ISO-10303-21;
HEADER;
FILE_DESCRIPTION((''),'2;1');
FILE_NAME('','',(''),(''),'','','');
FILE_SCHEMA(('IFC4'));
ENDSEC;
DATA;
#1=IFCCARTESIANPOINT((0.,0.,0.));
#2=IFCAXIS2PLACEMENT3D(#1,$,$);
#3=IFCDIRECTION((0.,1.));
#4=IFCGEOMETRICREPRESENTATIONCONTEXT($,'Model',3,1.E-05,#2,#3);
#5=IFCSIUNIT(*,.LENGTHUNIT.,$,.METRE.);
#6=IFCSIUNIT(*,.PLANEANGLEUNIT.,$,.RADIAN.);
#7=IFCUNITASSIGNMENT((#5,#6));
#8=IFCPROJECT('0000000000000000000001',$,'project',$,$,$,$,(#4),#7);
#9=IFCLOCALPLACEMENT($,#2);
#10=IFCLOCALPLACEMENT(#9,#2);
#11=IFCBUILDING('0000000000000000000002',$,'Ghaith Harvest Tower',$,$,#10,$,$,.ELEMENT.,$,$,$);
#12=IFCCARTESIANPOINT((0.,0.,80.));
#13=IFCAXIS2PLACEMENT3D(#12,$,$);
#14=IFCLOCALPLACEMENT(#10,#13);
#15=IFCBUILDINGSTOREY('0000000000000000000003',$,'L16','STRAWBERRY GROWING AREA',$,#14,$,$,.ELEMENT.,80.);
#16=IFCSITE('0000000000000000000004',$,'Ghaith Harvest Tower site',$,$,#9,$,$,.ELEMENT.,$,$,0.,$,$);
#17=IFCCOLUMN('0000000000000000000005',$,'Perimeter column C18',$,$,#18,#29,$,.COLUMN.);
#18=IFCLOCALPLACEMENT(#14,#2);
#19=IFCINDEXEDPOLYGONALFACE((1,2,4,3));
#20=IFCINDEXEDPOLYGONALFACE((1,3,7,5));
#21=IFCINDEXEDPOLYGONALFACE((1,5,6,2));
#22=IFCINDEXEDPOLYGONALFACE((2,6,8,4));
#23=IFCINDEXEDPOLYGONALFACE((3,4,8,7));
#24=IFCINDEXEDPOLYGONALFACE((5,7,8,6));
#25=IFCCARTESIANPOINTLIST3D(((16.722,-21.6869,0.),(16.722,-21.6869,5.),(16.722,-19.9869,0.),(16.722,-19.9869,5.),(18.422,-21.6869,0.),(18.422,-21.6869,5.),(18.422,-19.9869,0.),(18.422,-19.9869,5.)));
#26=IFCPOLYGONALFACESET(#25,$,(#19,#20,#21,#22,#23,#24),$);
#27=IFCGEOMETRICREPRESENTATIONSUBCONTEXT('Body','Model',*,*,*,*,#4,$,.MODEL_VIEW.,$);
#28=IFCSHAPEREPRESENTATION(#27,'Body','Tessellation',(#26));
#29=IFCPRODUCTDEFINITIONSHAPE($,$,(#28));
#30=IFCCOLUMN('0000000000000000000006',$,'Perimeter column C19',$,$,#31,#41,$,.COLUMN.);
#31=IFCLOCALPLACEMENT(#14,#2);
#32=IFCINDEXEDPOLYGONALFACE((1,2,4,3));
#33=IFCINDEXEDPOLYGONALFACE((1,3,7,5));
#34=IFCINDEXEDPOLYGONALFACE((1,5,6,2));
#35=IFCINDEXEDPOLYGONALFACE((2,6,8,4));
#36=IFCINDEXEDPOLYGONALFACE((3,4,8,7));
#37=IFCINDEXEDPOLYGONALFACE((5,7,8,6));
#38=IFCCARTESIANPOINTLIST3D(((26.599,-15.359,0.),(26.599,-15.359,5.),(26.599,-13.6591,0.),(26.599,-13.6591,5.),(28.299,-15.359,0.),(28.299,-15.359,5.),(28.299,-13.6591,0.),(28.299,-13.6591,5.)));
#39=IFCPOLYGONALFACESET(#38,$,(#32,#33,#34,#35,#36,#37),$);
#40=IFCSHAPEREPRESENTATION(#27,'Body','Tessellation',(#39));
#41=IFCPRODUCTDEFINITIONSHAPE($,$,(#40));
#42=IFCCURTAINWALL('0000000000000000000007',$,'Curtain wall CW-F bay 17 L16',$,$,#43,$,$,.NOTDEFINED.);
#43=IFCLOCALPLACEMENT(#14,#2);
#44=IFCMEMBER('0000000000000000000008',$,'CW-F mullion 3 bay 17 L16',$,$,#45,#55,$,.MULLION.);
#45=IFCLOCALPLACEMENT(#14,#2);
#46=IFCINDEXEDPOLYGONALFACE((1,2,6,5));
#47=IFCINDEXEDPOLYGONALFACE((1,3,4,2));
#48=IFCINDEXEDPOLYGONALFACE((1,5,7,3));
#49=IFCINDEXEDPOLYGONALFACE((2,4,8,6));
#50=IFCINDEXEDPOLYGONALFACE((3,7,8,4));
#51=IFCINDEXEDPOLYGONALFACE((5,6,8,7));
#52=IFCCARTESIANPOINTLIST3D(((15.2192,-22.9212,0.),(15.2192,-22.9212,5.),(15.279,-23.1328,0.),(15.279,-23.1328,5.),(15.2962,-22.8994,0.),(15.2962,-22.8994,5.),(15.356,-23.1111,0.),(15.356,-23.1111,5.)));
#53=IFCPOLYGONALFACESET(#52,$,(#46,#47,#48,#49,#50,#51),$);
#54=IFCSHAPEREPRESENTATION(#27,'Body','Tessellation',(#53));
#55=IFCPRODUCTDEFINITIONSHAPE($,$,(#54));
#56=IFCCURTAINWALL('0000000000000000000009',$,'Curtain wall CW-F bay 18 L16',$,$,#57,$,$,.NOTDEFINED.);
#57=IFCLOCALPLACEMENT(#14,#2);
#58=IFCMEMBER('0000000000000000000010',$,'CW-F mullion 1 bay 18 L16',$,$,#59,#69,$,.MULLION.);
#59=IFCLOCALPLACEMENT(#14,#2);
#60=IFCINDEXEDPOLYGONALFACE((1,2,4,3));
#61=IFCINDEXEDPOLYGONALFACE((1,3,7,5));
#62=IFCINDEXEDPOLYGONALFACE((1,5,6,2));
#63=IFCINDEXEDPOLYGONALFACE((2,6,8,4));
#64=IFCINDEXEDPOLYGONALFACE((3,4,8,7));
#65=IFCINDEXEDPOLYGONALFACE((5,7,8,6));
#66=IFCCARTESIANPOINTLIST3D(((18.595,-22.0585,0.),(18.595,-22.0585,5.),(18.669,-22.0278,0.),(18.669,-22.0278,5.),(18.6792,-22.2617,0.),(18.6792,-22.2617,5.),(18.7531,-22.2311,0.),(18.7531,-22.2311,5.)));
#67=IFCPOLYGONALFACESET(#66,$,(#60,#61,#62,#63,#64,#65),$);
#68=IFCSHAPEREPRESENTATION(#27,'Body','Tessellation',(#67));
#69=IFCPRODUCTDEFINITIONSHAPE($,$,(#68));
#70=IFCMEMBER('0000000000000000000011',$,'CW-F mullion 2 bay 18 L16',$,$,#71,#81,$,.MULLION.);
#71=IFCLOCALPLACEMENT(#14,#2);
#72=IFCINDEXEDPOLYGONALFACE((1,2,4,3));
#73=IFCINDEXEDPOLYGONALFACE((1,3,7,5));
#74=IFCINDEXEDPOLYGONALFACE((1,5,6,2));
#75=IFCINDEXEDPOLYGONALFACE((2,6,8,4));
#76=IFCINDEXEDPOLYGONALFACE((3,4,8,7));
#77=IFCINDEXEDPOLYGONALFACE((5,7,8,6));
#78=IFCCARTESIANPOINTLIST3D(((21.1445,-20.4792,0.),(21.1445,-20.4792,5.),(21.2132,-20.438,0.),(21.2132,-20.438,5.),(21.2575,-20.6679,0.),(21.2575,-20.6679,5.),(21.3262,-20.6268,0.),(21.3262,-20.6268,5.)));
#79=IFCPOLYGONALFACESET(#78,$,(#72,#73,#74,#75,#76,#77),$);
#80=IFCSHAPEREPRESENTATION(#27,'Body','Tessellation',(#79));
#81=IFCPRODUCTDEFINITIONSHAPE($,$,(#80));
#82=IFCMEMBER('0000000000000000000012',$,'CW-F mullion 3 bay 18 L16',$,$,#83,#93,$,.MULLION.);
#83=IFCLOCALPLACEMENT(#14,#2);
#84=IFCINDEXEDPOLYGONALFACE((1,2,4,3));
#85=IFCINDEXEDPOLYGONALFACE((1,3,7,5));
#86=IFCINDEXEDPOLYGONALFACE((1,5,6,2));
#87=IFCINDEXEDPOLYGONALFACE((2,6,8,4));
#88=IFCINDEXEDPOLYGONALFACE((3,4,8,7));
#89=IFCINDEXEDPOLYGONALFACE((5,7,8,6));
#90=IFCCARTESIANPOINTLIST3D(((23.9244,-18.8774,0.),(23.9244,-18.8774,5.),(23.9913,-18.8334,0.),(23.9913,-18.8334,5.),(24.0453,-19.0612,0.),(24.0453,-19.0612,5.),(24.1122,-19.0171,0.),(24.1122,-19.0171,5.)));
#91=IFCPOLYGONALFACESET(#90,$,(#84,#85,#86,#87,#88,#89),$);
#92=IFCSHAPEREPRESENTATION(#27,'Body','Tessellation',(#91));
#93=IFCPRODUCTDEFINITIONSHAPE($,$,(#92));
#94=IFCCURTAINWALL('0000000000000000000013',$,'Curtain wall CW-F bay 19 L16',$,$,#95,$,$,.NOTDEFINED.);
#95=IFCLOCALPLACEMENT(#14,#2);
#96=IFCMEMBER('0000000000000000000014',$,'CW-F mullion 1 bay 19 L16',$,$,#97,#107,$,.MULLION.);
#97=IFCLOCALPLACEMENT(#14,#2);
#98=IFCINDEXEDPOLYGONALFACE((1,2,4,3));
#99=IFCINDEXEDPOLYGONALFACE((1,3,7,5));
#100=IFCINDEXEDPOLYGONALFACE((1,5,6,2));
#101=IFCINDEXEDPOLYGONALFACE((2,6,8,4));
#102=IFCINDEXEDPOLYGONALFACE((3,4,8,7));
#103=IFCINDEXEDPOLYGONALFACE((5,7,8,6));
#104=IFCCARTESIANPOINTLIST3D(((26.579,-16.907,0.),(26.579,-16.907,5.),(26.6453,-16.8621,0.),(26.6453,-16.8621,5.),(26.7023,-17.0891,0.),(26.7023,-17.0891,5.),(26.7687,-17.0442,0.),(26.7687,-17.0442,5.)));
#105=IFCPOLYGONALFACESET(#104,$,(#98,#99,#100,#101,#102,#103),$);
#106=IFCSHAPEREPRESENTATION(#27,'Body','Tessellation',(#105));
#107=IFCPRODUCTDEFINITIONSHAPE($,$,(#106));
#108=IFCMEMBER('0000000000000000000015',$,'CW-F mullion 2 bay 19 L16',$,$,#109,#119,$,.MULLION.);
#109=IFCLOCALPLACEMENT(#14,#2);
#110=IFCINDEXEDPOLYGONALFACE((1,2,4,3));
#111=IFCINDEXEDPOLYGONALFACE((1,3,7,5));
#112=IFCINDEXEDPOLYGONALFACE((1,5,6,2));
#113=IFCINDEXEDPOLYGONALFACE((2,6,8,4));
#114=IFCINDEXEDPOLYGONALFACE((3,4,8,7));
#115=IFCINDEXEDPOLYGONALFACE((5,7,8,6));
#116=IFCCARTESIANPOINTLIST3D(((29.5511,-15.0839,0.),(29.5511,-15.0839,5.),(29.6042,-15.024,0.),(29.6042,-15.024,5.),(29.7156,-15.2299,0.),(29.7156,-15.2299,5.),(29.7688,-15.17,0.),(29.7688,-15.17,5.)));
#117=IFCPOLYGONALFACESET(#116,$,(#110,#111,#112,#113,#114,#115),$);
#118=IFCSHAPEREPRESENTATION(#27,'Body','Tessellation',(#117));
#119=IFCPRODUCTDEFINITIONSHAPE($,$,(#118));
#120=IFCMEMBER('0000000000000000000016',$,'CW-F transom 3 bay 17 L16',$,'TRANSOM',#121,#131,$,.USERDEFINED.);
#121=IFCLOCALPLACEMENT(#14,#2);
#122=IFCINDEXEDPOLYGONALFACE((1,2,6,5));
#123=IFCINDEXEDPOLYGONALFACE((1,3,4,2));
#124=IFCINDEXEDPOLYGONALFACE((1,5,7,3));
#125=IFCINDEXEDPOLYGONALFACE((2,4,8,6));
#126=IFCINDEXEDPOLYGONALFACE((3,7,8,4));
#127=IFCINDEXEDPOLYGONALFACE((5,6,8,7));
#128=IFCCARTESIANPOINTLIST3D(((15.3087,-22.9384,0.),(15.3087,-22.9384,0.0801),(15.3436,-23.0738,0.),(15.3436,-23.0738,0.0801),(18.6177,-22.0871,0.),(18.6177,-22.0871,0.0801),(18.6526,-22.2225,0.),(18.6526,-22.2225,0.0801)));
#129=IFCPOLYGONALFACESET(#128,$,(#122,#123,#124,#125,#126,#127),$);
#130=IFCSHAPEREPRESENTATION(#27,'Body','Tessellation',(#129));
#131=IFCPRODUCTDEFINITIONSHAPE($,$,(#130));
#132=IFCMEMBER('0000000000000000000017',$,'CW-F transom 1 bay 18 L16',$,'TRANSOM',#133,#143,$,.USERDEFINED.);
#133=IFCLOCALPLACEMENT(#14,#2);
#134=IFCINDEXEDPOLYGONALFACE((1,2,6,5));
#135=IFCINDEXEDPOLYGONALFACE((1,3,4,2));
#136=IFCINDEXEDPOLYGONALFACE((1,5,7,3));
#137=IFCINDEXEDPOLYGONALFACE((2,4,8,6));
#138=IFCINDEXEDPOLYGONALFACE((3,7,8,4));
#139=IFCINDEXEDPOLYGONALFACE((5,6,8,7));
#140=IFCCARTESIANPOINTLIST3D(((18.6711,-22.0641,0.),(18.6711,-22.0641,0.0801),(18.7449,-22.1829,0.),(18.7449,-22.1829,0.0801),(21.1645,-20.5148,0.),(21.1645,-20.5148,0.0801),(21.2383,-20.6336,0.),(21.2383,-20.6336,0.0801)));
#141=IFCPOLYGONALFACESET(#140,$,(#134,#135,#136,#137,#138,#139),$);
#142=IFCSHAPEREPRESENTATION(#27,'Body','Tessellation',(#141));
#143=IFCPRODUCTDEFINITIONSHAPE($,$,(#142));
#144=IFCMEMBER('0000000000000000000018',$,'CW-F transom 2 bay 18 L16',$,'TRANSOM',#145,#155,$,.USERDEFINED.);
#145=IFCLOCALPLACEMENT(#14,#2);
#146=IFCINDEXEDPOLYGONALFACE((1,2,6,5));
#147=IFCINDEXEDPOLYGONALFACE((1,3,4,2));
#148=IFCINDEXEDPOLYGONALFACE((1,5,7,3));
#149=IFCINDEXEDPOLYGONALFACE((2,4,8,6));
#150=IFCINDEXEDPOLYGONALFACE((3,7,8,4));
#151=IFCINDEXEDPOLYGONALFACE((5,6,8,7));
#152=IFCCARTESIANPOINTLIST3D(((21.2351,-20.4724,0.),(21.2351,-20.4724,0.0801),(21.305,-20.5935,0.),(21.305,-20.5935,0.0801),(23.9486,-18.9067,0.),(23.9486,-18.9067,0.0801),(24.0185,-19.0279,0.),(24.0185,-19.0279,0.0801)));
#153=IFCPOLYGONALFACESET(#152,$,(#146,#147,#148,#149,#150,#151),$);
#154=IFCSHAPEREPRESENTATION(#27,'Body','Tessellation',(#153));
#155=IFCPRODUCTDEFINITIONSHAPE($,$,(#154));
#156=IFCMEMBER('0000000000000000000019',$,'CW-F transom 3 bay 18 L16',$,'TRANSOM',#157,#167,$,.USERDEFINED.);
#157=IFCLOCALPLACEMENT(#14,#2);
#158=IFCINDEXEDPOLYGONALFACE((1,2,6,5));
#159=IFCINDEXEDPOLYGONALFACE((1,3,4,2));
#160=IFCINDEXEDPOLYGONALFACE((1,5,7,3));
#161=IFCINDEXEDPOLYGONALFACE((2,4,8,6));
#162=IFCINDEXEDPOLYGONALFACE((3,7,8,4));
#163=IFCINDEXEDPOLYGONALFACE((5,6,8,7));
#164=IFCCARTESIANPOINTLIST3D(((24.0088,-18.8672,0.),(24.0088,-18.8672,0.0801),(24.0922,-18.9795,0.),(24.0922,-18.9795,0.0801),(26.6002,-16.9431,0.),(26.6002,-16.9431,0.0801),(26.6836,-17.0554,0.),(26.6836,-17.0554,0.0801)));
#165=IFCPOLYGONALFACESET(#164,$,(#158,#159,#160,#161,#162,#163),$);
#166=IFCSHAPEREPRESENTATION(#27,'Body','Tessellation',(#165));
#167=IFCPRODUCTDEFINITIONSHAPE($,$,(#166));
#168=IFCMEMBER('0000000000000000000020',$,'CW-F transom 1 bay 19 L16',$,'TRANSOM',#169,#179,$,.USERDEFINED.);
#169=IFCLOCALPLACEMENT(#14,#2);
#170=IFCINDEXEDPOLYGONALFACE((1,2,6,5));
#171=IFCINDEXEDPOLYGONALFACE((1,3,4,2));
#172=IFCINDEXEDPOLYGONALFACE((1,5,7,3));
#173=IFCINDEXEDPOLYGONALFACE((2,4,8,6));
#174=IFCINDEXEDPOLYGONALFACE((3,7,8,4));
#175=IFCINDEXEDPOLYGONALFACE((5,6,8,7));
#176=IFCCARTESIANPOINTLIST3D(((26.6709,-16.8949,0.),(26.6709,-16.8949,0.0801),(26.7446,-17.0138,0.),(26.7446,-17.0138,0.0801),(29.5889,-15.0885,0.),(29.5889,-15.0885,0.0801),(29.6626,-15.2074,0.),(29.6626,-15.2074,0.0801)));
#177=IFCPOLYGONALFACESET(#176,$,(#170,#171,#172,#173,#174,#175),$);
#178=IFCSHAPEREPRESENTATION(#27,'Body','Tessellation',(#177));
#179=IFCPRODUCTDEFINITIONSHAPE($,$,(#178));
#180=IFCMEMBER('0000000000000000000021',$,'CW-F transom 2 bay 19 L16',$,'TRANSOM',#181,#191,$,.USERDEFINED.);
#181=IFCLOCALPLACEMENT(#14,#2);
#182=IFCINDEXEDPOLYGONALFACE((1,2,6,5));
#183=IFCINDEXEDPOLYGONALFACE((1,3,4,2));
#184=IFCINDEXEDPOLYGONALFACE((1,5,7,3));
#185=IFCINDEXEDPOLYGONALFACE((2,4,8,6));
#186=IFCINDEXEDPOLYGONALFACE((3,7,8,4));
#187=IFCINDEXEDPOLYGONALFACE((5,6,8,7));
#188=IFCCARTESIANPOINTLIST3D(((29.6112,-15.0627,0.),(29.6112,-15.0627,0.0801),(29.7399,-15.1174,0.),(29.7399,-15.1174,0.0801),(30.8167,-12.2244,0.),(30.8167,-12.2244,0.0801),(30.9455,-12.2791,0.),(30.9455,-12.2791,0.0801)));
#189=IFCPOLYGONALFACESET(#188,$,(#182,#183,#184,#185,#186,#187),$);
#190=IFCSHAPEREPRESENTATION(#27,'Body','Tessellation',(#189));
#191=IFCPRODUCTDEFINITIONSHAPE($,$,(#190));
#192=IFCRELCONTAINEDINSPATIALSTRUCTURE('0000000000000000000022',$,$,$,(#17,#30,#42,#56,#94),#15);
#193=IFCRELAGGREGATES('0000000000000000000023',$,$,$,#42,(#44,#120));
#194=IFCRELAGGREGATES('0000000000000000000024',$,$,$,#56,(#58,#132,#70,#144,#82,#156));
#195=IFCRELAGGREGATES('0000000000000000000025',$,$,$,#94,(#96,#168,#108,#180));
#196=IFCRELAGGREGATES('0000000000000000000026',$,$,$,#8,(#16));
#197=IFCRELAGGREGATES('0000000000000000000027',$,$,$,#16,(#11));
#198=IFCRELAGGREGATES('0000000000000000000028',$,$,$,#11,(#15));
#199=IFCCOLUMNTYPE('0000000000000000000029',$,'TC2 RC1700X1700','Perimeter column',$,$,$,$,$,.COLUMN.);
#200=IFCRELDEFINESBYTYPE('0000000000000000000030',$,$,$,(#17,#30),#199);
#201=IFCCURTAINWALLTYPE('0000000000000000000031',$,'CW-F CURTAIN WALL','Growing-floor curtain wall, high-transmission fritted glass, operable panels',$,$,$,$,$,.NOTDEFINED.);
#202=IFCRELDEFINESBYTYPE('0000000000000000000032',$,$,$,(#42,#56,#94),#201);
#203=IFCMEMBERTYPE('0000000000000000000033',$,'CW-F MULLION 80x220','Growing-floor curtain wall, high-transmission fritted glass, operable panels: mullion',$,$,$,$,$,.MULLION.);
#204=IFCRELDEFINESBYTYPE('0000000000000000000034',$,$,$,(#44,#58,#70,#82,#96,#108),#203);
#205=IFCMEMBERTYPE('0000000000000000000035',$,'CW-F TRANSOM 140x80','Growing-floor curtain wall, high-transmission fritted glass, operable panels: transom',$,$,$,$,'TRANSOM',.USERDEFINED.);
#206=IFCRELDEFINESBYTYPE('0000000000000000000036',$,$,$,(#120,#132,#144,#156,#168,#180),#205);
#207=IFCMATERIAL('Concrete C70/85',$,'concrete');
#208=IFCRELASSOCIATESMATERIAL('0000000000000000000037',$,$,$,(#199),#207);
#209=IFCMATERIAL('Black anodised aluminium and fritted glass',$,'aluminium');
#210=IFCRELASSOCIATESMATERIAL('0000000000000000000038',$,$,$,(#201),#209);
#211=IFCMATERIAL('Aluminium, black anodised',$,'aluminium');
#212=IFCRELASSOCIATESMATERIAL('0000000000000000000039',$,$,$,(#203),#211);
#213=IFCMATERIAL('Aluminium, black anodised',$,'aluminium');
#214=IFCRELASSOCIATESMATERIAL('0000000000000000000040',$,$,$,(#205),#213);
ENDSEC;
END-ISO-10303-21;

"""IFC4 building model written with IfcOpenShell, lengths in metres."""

from ifc_helpers import new_model, si_unit, direction, frame, origin, origin_2d, place, context, subcontext, project, spatial, rectangle, extrude, material, material_profile, profile_set, type_object, element, aggregate, save


model = new_model("IFC4")

# Units and contexts
model_context = context("Model", 3, precision=1e-05, world=origin(), true_north=direction((0.0, 1.0)))
body_context = subcontext(model_context, "Body", "Model", "MODEL_VIEW")
ifc_project = project(units=[si_unit("LENGTHUNIT", "METRE"), si_unit("PLANEANGLEUNIT", "RADIAN")], contexts=[model_context])

# Site, building, storey
site_placement = place(None, origin())
site = spatial("IfcSite", under=ifc_project, at=site_placement, Name="Ghaith Harvest Tower site", CompositionType="ELEMENT", RefElevation=0.0)
building_placement = place(site_placement, origin())
building = spatial("IfcBuilding", under=site, at=building_placement, Name="Ghaith Harvest Tower", CompositionType="ELEMENT")
storey_placement = place(building_placement, frame((0.0, 0.0, 80.0)))
storey = spatial("IfcBuildingStorey", under=building, at=storey_placement, Name="L16", Description="STRAWBERRY GROWING AREA", CompositionType="ELEMENT", Elevation=80.0)

# Columns
ifc_material_1 = material(Name="Concrete C70/85", Category="concrete")
ifc_material_profile_1 = material_profile(ifc_material_1, rectangle(XDim=1.7, YDim=1.7, at=origin_2d()), Name="RC1700X1700")
ifc_profile_set_1 = profile_set([ifc_material_profile_1], Name="Concrete C70/85")
column_type = type_object("IfcColumnType", Name="TC2 RC1700X1700", Description="Perimeter column", PredefinedType="COLUMN", material=ifc_profile_set_1)
for number, where, z_axis, x_axis, name in (
    (1, (17.572, -20.8369, 0.0), (0.0, 0.0, 1.0), (1.0, 0.0, 0.0), "Perimeter column C18"),
    (2, (27.449, -14.509, 0.0), (0.0, 0.0, 1.0), (1.0, 0.0, 0.0), "Perimeter column C19"),
):
    element("IfcColumn", number, at=place(storey_placement, frame(where, z_axis=z_axis, x_axis=x_axis)), inside=storey, type_object=column_type, Name=name, PredefinedType="COLUMN", context=body_context, shape_type="SweptSolid", body=[
        extrude(rectangle(XDim=1.7, YDim=1.7, at=origin_2d()), origin(), (0.0, 0.0, 1.0), 5.0),
    ])

# Curtain wall, member
ifc_material_2 = material(Name="Black anodised aluminium and fritted glass", Category="aluminium")
curtain_wall_type = type_object("IfcCurtainWallType", Name="CW-F CURTAIN WALL", Description="Growing-floor curtain wall, high-transmission fritted glass, operable panels", PredefinedType="NOTDEFINED", material=ifc_material_2)
curtain_wall_1_placement = place(storey_placement, origin())
curtain_wall_1 = element("IfcCurtainWall", 3, at=curtain_wall_1_placement, inside=storey, type_object=curtain_wall_type, Name="Curtain wall CW-F bay 17 L16", PredefinedType="NOTDEFINED")
ifc_material_3 = material(Name="Aluminium, black anodised", Category="aluminium")
ifc_material_profile_2 = material_profile(ifc_material_3, rectangle(XDim=0.0801, YDim=0.22, at=origin_2d()), Name="CW-F MULLION 80x220")
ifc_profile_set_2 = profile_set([ifc_material_profile_2], Name="Aluminium, black anodised")
member_type_1 = type_object("IfcMemberType", Name="CW-F MULLION 80x220", Description="Growing-floor curtain wall, high-transmission fritted glass, operable panels: mullion", PredefinedType="MULLION", material=ifc_profile_set_2)
member_1_placement = place(storey_placement, frame((15.2876, -23.0161, 0.0), z_axis=(0.0, 0.0, 1.0), x_axis=(0.962313, 0.271944, 0.0)))
member_1 = element("IfcMember", 4, at=member_1_placement, type_object=member_type_1, Name="CW-F mullion 3 bay 17 L16", PredefinedType="MULLION", context=body_context, shape_type="SweptSolid", body=[
    extrude(rectangle(XDim=0.0801, YDim=0.22, at=origin_2d()), origin(), (0.0, 0.0, 1.0), 5.0),
])

# Curtain walls, members
curtain_wall_2_placement = place(storey_placement, origin())
curtain_wall_2 = element("IfcCurtainWall", 5, at=curtain_wall_2_placement, inside=storey, type_object=curtain_wall_type, Name="Curtain wall CW-F bay 18 L16", PredefinedType="NOTDEFINED")
member_2_placement = place(storey_placement, frame((18.6741, -22.1448, 0.0), z_axis=(0.0, 0.0, 1.0), x_axis=(0.92391, 0.382609, 0.0)))
member_2 = element("IfcMember", 6, at=member_2_placement, type_object=member_type_1, Name="CW-F mullion 1 bay 18 L16", PredefinedType="MULLION", context=body_context, shape_type="SweptSolid", body=[
    extrude(rectangle(XDim=0.0801, YDim=0.22, at=origin_2d()), origin(), (0.0, 0.0, 1.0), 5.0),
])
member_3_placement = place(storey_placement, frame((21.2354, -20.553, 0.0), z_axis=(0.0, 0.0, 1.0), x_axis=(0.85814, 0.513415, 0.0)))
member_3 = element("IfcMember", 7, at=member_3_placement, type_object=member_type_1, Name="CW-F mullion 2 bay 18 L16", PredefinedType="MULLION", context=body_context, shape_type="SweptSolid", body=[
    extrude(rectangle(XDim=0.0801, YDim=0.22, at=origin_2d()), origin(), (0.0, 0.0, 1.0), 5.0),
])
member_4_placement = place(storey_placement, frame((24.0183, -18.9473, 0.0), z_axis=(0.0, 0.0, 1.0), x_axis=(0.835444, 0.549576, 0.0)))
member_4 = element("IfcMember", 8, at=member_4_placement, type_object=member_type_1, Name="CW-F mullion 3 bay 18 L16", PredefinedType="MULLION", context=body_context, shape_type="SweptSolid", body=[
    extrude(rectangle(XDim=0.0801, YDim=0.22, at=origin_2d()), origin(), (0.0, 0.0, 1.0), 5.0),
])
curtain_wall_3_placement = place(storey_placement, origin())
curtain_wall_3 = element("IfcCurtainWall", 9, at=curtain_wall_3_placement, inside=storey, type_object=curtain_wall_type, Name="Curtain wall CW-F bay 19 L16", PredefinedType="NOTDEFINED")
member_5_placement = place(storey_placement, frame((26.6738, -16.9756, 0.0), z_axis=(0.0, 0.0, 1.0), x_axis=(0.828002, 0.560725, 0.0)))
member_5 = element("IfcMember", 10, at=member_5_placement, type_object=member_type_1, Name="CW-F mullion 1 bay 19 L16", PredefinedType="MULLION", context=body_context, shape_type="SweptSolid", body=[
    extrude(rectangle(XDim=0.0801, YDim=0.22, at=origin_2d()), origin(), (0.0, 0.0, 1.0), 5.0),
])
member_6_placement = place(storey_placement, frame((29.6599, -15.127, 0.0), z_axis=(0.0, 0.0, 1.0), x_axis=(0.663605, 0.748083, 0.0)))
member_6 = element("IfcMember", 11, at=member_6_placement, type_object=member_type_1, Name="CW-F mullion 2 bay 19 L16", PredefinedType="MULLION", context=body_context, shape_type="SweptSolid", body=[
    extrude(rectangle(XDim=0.0801, YDim=0.22, at=origin_2d()), origin(), (0.0, 0.0, 1.0), 5.0),
])

# Members
ifc_material_4 = material(Name="Aluminium, black anodised", Category="aluminium")
ifc_material_profile_3 = material_profile(ifc_material_4, rectangle(XDim=0.1399, YDim=0.0801, at=origin_2d()), Name="CW-F TRANSOM 140x80")
ifc_profile_set_3 = profile_set([ifc_material_profile_3], Name="Aluminium, black anodised")
member_type_2 = type_object("IfcMemberType", Name="CW-F TRANSOM 140x80", Description="Growing-floor curtain wall, high-transmission fritted glass, operable panels: transom", ElementType="TRANSOM", PredefinedType="USERDEFINED", material=ifc_profile_set_3)
member_7_placement = place(storey_placement, frame((15.3262, -23.0061, 0.04), z_axis=(0.968464, 0.249154, 0.0), x_axis=(-0.249154, 0.968464, 0.0)))
member_7 = element("IfcMember", 12, at=member_7_placement, type_object=member_type_2, Name="CW-F transom 3 bay 17 L16", ObjectType="TRANSOM", PredefinedType="USERDEFINED", context=body_context, shape_type="SweptSolid", body=[
    extrude(rectangle(XDim=0.1399, YDim=0.0801, at=origin_2d()), origin(), (0.0, 0.0, 1.0), 3.4167),
])
member_8_placement = place(storey_placement, frame((18.708, -22.1235, 0.04), z_axis=(0.849383, 0.527777, 0.0), x_axis=(-0.527777, 0.849383, 0.0)))
member_8 = element("IfcMember", 13, at=member_8_placement, type_object=member_type_2, Name="CW-F transom 1 bay 18 L16", ObjectType="TRANSOM", PredefinedType="USERDEFINED", context=body_context, shape_type="SweptSolid", body=[
    extrude(rectangle(XDim=0.1399, YDim=0.0801, at=origin_2d()), origin(), (0.0, 0.0, 1.0), 2.9355),
])
member_9_placement = place(storey_placement, frame((21.27, -20.533, 0.04), z_axis=(0.866169, 0.499752, 0.0), x_axis=(-0.499752, 0.866169, 0.0)))
member_9 = element("IfcMember", 14, at=member_9_placement, type_object=member_type_2, Name="CW-F transom 2 bay 18 L16", ObjectType="TRANSOM", PredefinedType="USERDEFINED", context=body_context, shape_type="SweptSolid", body=[
    extrude(rectangle(XDim=0.1399, YDim=0.0801, at=origin_2d()), origin(), (0.0, 0.0, 1.0), 3.1328),
])
member_10_placement = place(storey_placement, frame((24.0505, -18.9233, 0.04), z_axis=(0.802877, 0.596144, 0.0), x_axis=(-0.596144, 0.802877, 0.0)))
member_10 = element("IfcMember", 15, at=member_10_placement, type_object=member_type_2, Name="CW-F transom 3 bay 18 L16", ObjectType="TRANSOM", PredefinedType="USERDEFINED", context=body_context, shape_type="SweptSolid", body=[
    extrude(rectangle(XDim=0.1399, YDim=0.0801, at=origin_2d()), origin(), (0.0, 0.0, 1.0), 3.2275),
])
member_11_placement = place(storey_placement, frame((26.7078, -16.9543, 0.04), z_axis=(0.850261, 0.526362, 0.0), x_axis=(-0.526362, 0.850261, 0.0)))
member_11 = element("IfcMember", 16, at=member_11_placement, type_object=member_type_2, Name="CW-F transom 1 bay 19 L16", ObjectType="TRANSOM", PredefinedType="USERDEFINED", context=body_context, shape_type="SweptSolid", body=[
    extrude(rectangle(XDim=0.1399, YDim=0.0801, at=origin_2d()), origin(), (0.0, 0.0, 1.0), 3.4319),
])
member_12_placement = place(storey_placement, frame((29.6755, -15.0901, 0.04), z_axis=(0.390936, 0.920418, 0.0), x_axis=(-0.920418, 0.390936, 0.0)))
member_12 = element("IfcMember", 17, at=member_12_placement, type_object=member_type_2, Name="CW-F transom 2 bay 19 L16", ObjectType="TRANSOM", PredefinedType="USERDEFINED", context=body_context, shape_type="SweptSolid", body=[
    extrude(rectangle(XDim=0.1399, YDim=0.0801, at=origin_2d()), origin(), (0.0, 0.0, 1.0), 3.0837),
])

aggregate(curtain_wall_1, [member_1, member_7])
aggregate(curtain_wall_2, [member_2, member_8, member_3, member_9, member_4, member_10])
aggregate(curtain_wall_3, [member_5, member_11, member_6, member_12])

save(model, "model.ifc")
